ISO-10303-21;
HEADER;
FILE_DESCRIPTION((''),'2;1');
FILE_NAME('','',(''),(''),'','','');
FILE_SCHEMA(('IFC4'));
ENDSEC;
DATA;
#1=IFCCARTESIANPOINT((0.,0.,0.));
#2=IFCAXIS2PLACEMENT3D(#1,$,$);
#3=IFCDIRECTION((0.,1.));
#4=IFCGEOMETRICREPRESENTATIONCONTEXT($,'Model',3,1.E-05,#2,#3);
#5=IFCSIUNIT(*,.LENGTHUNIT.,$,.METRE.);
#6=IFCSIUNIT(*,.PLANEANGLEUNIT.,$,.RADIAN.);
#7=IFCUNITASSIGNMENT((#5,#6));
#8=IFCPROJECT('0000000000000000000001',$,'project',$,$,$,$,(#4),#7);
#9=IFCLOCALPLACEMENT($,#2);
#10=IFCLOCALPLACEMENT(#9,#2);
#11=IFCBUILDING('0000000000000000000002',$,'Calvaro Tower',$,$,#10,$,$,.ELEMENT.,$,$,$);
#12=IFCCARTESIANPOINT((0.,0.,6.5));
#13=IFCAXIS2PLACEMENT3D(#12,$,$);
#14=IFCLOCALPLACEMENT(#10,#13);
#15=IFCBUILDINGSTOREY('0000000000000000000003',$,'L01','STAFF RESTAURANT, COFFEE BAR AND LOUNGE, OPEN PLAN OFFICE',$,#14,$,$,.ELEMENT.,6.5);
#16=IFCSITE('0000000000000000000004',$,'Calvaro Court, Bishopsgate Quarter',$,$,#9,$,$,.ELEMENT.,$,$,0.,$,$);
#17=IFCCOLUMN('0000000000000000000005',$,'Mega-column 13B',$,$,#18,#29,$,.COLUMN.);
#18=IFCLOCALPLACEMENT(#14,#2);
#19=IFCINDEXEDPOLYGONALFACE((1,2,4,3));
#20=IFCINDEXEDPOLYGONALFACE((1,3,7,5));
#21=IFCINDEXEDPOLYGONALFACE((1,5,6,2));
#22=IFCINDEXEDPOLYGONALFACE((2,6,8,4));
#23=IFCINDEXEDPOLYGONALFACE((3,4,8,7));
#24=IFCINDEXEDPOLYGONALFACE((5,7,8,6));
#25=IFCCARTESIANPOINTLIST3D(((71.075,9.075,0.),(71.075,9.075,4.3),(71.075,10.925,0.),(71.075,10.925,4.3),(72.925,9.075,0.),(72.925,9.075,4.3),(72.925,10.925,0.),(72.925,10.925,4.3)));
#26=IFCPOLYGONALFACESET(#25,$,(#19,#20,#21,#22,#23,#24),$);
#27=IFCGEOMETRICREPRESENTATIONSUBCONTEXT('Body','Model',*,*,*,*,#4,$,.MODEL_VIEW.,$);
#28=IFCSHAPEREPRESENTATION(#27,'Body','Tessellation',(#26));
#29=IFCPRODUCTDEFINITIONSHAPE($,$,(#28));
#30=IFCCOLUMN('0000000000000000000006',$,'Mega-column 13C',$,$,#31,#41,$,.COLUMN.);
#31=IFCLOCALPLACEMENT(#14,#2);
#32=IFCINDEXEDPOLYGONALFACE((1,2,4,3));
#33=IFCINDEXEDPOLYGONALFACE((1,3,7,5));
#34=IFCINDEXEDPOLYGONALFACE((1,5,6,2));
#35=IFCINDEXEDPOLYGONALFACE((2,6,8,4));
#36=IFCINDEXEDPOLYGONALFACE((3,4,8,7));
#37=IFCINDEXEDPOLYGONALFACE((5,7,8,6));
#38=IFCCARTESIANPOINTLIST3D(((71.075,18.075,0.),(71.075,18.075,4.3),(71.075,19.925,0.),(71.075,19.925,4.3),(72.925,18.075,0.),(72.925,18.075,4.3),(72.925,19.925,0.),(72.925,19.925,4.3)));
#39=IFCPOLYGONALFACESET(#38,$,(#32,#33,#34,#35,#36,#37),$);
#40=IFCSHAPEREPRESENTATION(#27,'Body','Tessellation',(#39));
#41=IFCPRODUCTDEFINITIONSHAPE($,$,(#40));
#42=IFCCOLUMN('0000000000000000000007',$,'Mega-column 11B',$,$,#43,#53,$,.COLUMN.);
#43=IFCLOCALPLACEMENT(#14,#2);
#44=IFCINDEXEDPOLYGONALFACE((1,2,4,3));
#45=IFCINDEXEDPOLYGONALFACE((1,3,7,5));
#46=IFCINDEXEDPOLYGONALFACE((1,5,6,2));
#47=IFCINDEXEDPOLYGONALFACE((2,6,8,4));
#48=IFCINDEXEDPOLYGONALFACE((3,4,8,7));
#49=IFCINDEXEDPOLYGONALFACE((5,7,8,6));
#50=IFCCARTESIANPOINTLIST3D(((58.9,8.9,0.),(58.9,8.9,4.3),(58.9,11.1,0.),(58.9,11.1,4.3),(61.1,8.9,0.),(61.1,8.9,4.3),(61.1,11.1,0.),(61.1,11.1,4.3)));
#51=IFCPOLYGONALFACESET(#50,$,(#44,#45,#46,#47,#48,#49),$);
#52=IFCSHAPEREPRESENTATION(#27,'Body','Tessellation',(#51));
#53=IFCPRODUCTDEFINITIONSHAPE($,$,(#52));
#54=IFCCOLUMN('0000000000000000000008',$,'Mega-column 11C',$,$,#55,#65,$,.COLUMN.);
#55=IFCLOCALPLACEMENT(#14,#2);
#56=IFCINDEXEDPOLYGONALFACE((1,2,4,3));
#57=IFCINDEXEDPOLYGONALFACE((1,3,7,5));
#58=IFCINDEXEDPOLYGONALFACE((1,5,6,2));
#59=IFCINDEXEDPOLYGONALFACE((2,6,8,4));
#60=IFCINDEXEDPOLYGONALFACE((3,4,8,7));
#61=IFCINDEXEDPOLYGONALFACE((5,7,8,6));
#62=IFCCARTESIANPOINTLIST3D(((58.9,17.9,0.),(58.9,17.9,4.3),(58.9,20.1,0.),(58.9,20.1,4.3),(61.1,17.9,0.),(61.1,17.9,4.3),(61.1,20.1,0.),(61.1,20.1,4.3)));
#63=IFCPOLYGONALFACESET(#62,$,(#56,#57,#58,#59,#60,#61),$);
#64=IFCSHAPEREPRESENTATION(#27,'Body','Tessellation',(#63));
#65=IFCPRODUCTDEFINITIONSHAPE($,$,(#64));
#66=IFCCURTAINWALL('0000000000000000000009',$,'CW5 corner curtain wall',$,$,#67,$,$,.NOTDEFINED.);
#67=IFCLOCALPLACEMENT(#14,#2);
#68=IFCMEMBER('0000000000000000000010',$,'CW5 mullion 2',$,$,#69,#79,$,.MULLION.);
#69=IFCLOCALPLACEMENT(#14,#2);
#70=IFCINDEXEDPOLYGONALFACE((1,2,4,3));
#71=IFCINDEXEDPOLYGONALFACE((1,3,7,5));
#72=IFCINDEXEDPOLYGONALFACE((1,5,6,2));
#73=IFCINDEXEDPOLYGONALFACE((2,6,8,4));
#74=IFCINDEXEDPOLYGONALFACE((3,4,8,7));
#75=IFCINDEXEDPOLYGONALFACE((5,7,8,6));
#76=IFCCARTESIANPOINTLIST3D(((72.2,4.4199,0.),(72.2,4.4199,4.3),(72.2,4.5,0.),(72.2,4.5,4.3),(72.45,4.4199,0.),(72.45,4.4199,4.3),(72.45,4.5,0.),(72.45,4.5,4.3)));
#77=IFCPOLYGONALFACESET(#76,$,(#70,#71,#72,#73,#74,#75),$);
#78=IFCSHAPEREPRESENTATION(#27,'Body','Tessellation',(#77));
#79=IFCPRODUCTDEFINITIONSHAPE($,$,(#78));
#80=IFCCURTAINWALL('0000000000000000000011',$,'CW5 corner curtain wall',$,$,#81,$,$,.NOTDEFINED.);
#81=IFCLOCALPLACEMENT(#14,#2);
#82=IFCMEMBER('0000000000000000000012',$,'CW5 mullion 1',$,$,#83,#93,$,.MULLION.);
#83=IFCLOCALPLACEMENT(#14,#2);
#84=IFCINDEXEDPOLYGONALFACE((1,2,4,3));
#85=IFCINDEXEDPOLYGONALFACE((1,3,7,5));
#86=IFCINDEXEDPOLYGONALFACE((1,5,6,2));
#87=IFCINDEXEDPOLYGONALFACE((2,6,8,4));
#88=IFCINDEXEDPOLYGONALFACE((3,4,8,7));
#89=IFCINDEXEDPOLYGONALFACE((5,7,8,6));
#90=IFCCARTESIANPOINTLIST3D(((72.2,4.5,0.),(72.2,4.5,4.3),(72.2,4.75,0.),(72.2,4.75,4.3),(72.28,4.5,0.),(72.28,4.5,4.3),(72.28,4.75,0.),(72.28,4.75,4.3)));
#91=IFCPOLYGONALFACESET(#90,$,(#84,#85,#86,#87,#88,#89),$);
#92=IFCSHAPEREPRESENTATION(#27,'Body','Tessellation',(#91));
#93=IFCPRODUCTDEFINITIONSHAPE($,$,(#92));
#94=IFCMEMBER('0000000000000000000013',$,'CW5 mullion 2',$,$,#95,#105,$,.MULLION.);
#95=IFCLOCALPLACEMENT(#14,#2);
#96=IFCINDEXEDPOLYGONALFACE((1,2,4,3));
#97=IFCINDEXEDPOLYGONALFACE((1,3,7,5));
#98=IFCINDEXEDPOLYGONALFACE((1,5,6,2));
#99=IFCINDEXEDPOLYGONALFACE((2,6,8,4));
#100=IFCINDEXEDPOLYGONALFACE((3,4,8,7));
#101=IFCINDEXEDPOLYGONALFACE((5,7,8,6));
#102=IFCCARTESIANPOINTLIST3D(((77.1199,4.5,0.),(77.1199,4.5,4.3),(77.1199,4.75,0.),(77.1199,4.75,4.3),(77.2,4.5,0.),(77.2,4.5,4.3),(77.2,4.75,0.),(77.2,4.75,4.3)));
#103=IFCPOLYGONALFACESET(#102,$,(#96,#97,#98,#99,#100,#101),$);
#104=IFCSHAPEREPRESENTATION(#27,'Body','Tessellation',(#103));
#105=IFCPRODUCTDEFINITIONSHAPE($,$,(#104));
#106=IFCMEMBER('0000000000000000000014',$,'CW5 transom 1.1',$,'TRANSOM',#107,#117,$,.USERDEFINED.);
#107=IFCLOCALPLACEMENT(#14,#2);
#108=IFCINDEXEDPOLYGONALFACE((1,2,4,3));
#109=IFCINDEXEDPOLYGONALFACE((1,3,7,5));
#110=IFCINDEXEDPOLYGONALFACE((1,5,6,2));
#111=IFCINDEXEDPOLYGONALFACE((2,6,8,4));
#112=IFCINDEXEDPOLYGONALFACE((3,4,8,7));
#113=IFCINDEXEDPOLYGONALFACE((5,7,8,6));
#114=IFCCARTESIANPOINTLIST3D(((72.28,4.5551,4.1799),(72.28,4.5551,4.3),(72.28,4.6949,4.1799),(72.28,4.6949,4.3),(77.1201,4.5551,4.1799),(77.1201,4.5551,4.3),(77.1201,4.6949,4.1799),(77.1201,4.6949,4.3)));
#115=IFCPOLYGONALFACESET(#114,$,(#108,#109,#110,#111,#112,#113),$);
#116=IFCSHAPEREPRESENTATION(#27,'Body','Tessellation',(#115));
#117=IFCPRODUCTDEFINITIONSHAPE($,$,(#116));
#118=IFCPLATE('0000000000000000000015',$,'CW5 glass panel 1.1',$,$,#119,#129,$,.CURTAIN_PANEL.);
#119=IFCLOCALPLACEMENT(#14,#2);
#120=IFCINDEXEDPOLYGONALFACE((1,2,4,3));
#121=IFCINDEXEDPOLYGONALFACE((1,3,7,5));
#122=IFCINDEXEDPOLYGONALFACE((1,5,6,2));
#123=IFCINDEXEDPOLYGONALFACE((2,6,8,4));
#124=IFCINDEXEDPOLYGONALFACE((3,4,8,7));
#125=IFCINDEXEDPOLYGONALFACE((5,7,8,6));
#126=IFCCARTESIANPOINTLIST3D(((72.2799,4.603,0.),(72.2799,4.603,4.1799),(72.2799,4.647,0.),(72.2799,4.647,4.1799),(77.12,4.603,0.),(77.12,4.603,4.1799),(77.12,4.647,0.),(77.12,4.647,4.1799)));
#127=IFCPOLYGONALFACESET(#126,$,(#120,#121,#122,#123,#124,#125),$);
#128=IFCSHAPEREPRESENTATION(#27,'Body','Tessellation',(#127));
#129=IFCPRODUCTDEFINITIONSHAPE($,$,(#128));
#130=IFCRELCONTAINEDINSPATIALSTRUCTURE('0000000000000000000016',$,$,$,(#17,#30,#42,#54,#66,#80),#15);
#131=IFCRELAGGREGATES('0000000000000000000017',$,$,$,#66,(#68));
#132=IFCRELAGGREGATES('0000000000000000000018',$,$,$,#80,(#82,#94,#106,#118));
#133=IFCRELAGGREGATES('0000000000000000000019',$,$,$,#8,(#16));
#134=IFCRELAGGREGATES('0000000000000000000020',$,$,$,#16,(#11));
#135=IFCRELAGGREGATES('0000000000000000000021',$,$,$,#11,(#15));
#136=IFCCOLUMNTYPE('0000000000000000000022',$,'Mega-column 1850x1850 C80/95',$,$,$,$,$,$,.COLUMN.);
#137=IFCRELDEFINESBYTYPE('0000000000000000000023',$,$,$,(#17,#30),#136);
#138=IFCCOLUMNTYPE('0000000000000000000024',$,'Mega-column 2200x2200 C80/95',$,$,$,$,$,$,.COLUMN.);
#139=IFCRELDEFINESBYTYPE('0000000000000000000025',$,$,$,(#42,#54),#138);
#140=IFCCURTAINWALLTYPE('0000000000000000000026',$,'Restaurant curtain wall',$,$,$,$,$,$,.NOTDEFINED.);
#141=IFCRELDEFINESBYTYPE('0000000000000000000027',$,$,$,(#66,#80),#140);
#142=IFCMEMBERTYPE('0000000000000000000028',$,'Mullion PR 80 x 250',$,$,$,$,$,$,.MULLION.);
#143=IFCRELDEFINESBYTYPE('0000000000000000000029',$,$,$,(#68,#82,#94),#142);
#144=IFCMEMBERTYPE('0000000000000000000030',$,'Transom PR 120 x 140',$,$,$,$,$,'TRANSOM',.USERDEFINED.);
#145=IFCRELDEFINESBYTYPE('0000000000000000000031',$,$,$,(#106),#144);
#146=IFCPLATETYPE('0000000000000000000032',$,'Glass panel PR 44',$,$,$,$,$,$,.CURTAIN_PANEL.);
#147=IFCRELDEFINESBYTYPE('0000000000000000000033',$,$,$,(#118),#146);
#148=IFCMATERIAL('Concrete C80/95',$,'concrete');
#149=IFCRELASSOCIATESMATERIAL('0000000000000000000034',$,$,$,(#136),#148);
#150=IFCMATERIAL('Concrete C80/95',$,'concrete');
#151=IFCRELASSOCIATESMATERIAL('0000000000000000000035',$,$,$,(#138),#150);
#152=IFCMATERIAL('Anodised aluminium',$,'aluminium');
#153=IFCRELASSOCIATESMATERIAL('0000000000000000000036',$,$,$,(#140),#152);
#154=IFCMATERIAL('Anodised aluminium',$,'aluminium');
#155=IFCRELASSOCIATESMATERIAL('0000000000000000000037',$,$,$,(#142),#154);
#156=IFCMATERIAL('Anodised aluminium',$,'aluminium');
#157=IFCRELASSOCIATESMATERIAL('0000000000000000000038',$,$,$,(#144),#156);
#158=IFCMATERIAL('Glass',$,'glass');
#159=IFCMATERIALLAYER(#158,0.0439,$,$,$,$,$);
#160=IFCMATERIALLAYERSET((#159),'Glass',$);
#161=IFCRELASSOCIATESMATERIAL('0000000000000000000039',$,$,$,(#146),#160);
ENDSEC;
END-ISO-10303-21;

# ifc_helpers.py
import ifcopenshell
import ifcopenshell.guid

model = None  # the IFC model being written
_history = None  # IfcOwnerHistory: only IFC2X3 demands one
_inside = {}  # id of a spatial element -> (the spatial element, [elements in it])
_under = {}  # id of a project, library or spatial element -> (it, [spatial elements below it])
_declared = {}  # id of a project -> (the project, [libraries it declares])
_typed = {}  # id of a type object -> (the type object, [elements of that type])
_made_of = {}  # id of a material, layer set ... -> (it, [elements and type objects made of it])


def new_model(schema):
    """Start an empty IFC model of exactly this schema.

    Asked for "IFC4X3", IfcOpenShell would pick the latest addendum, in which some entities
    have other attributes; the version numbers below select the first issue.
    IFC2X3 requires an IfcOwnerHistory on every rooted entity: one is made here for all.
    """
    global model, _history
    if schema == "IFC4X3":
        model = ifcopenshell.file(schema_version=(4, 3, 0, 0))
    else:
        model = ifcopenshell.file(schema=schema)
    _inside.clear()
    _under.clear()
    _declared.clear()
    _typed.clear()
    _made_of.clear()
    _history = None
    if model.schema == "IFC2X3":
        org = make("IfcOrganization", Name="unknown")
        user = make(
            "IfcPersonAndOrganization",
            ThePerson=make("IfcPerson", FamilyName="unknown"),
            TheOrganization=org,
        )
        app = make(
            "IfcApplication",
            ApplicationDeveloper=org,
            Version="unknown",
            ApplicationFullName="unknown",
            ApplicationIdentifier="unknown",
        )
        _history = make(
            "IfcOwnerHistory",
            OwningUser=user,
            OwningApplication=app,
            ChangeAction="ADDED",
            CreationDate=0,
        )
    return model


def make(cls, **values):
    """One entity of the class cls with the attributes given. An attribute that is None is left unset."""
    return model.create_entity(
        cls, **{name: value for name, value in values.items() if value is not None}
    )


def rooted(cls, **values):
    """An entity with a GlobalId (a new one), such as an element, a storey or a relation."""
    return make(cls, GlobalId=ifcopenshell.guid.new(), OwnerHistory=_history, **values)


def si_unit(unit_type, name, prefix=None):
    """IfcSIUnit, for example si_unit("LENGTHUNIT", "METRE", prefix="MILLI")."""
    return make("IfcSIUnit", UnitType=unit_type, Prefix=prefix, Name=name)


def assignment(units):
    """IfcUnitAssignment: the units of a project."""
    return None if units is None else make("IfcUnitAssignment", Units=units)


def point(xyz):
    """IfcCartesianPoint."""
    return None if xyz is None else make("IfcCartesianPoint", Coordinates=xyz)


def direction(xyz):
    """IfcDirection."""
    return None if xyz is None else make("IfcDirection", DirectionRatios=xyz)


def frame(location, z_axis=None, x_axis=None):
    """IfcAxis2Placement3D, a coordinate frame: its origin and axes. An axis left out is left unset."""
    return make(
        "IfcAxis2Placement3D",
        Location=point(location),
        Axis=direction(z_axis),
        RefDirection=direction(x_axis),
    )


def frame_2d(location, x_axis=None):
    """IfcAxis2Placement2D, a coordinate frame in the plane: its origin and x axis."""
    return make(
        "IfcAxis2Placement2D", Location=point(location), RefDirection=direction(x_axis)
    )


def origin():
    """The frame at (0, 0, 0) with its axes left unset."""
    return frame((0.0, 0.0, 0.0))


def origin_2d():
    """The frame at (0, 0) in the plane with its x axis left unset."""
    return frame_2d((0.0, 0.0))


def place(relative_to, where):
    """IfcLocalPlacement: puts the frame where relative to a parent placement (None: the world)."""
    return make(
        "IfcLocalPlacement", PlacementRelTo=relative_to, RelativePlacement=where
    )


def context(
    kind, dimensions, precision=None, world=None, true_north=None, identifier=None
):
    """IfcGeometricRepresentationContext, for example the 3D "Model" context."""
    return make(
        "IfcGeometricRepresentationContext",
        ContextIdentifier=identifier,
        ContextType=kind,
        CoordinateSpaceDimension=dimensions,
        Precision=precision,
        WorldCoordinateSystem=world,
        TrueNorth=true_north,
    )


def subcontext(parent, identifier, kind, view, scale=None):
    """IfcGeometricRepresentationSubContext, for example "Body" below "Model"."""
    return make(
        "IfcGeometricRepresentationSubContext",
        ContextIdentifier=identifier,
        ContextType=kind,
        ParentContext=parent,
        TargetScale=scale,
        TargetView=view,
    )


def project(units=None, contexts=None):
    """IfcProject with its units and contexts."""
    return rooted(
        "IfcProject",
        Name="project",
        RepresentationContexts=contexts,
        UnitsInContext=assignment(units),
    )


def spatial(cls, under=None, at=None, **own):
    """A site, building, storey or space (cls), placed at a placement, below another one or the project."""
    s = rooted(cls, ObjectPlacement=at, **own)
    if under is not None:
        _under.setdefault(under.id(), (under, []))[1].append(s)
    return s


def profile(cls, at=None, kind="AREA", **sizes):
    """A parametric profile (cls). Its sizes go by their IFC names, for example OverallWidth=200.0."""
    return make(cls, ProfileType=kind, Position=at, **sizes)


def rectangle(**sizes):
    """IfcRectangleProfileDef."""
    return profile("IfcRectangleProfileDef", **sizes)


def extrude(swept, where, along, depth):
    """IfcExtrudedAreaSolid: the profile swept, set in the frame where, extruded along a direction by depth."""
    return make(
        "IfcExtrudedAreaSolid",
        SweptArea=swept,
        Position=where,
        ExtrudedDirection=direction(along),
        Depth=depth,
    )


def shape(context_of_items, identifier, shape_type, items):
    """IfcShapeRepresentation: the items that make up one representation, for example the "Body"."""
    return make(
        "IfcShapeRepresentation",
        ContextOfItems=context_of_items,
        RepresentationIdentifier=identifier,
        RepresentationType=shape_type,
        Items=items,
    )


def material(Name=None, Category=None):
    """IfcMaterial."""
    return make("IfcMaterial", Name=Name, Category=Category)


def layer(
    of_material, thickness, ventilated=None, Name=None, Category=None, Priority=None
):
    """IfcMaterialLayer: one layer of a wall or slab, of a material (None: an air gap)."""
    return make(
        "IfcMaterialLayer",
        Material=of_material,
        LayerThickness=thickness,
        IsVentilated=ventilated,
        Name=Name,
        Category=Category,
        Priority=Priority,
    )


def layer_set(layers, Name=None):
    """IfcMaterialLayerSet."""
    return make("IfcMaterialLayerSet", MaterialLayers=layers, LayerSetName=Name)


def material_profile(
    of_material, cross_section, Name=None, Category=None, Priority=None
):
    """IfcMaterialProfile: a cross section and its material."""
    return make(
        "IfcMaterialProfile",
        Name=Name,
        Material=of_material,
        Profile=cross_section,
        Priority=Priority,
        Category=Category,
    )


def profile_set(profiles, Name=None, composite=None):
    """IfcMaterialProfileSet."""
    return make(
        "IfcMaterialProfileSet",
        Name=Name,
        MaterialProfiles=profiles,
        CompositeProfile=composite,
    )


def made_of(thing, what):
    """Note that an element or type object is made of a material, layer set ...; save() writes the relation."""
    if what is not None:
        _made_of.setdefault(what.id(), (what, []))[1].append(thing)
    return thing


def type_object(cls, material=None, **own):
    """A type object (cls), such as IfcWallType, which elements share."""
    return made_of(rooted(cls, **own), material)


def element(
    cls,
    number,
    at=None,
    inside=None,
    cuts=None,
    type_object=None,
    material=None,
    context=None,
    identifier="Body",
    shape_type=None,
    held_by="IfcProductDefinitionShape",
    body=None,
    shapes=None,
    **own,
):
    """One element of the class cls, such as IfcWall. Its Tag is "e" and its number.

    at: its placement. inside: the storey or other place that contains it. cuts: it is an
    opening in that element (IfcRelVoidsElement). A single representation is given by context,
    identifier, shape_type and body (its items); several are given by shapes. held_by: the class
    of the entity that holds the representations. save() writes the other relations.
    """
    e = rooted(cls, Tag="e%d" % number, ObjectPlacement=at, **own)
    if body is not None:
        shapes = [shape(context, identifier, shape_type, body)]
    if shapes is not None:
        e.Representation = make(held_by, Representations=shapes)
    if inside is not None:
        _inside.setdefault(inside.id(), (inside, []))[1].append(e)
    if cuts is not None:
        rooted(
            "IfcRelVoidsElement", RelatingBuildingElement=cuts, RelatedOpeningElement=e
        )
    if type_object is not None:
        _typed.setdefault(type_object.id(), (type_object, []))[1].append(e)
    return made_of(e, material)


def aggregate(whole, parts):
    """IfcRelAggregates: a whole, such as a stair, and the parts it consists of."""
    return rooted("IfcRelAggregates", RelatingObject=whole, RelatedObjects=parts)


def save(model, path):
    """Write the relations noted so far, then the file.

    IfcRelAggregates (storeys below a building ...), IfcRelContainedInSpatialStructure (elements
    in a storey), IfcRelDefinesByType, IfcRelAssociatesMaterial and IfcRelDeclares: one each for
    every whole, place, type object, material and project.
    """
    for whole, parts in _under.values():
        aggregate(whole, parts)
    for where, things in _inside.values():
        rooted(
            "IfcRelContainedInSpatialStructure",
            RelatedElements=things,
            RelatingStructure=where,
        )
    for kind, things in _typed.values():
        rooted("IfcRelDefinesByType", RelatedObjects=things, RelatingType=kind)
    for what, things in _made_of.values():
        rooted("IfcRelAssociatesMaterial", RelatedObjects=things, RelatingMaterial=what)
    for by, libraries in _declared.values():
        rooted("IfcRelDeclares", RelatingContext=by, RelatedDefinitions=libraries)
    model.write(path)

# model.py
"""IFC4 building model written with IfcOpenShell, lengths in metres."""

from ifc_helpers import new_model, si_unit, direction, frame, origin, origin_2d, place, context, subcontext, project, spatial, rectangle, extrude, material, layer, layer_set, material_profile, profile_set, type_object, element, aggregate, save


model = new_model("IFC4")

# Units and contexts
model_context = context("Model", 3, precision=1e-05, world=origin(), true_north=direction((0.0, 1.0)))
body_context = subcontext(model_context, "Body", "Model", "MODEL_VIEW")
ifc_project = project(units=[si_unit("LENGTHUNIT", "METRE"), si_unit("PLANEANGLEUNIT", "RADIAN")], contexts=[model_context])

# Site, building, storey
site_placement = place(None, origin())
site = spatial("IfcSite", under=ifc_project, at=site_placement, Name="Calvaro Court, Bishopsgate Quarter", CompositionType="ELEMENT", RefElevation=0.0)
building_placement = place(site_placement, origin())
building = spatial("IfcBuilding", under=site, at=building_placement, Name="Calvaro Tower", CompositionType="ELEMENT")
storey_placement = place(building_placement, frame((0.0, 0.0, 6.5)))
storey = spatial("IfcBuildingStorey", under=building, at=storey_placement, Name="L01", Description="STAFF RESTAURANT, COFFEE BAR AND LOUNGE, OPEN PLAN OFFICE", CompositionType="ELEMENT", Elevation=6.5)

# Columns
ifc_material_1 = material(Name="Concrete C80/95", Category="concrete")
ifc_material_profile_1 = material_profile(ifc_material_1, rectangle(XDim=1.8501, YDim=1.8501, at=origin_2d()), Name="RC 1850x1850")
ifc_profile_set_1 = profile_set([ifc_material_profile_1], Name="Concrete C80/95")
column_type_1 = type_object("IfcColumnType", Name="Mega-column 1850x1850 C80/95", PredefinedType="COLUMN", material=ifc_profile_set_1)
for number, where, z_axis, x_axis, name in (
    (1, (72.0, 10.0, 0.0), (0.0, 0.0, 1.0), (1.0, 0.0, 0.0), "Mega-column 13B"),
    (2, (72.0, 19.0, 0.0), (0.0, 0.0, 1.0), (1.0, 0.0, 0.0), "Mega-column 13C"),
):
    element("IfcColumn", number, at=place(storey_placement, frame(where, z_axis=z_axis, x_axis=x_axis)), inside=storey, type_object=column_type_1, Name=name, PredefinedType="COLUMN", context=body_context, shape_type="SweptSolid", body=[
        extrude(rectangle(XDim=1.8501, YDim=1.8501, at=origin_2d()), origin(), (0.0, 0.0, 1.0), 4.3),
    ])
ifc_material_2 = material(Name="Concrete C80/95", Category="concrete")
ifc_material_profile_2 = material_profile(ifc_material_2, rectangle(XDim=2.2, YDim=2.2, at=origin_2d()), Name="RC 2200x2200")
ifc_profile_set_2 = profile_set([ifc_material_profile_2], Name="Concrete C80/95")
column_type_2 = type_object("IfcColumnType", Name="Mega-column 2200x2200 C80/95", PredefinedType="COLUMN", material=ifc_profile_set_2)
for number, where, z_axis, x_axis, name in (
    (3, (60.0, 10.0, 0.0), (0.0, 0.0, 1.0), (1.0, 0.0, 0.0), "Mega-column 11B"),
    (4, (60.0, 19.0, 0.0), (0.0, 0.0, 1.0), (1.0, 0.0, 0.0), "Mega-column 11C"),
):
    element("IfcColumn", number, at=place(storey_placement, frame(where, z_axis=z_axis, x_axis=x_axis)), inside=storey, type_object=column_type_2, Name=name, PredefinedType="COLUMN", context=body_context, shape_type="SweptSolid", body=[
        extrude(rectangle(XDim=2.2, YDim=2.2, at=origin_2d()), origin(), (0.0, 0.0, 1.0), 4.3),
    ])

# Curtain wall, member
ifc_material_3 = material(Name="Anodised aluminium", Category="aluminium")
curtain_wall_type = type_object("IfcCurtainWallType", Name="Restaurant curtain wall", PredefinedType="NOTDEFINED", material=ifc_material_3)
curtain_wall_1_placement = place(storey_placement, origin())
curtain_wall_1 = element("IfcCurtainWall", 5, at=curtain_wall_1_placement, inside=storey, type_object=curtain_wall_type, Name="CW5 corner curtain wall", PredefinedType="NOTDEFINED")
ifc_material_4 = material(Name="Anodised aluminium", Category="aluminium")
ifc_material_profile_3 = material_profile(ifc_material_4, rectangle(XDim=0.25, YDim=0.0801, at=origin_2d()), Name="Mullion PR 80 x 250")
ifc_profile_set_3 = profile_set([ifc_material_profile_3], Name="Anodised aluminium")
member_type_1 = type_object("IfcMemberType", Name="Mullion PR 80 x 250", PredefinedType="MULLION", material=ifc_profile_set_3)
member_1_placement = place(storey_placement, frame((72.325, 4.46, 0.0), z_axis=(0.0, 0.0, 1.0), x_axis=(-1.0, 0.0, 0.0)))
member_1 = element("IfcMember", 6, at=member_1_placement, type_object=member_type_1, Name="CW5 mullion 2", PredefinedType="MULLION", context=body_context, shape_type="SweptSolid", body=[
    extrude(rectangle(XDim=0.25, YDim=0.0801, at=origin_2d()), origin(), (0.0, 0.0, 1.0), 4.3),
])
aggregate(curtain_wall_1, [member_1])

# Curtain wall, members, plate
curtain_wall_2_placement = place(storey_placement, origin())
curtain_wall_2 = element("IfcCurtainWall", 7, at=curtain_wall_2_placement, inside=storey, type_object=curtain_wall_type, Name="CW5 corner curtain wall", PredefinedType="NOTDEFINED")
member_2_placement = place(storey_placement, frame((72.24, 4.625, 0.0), z_axis=(0.0, 0.0, 1.0), x_axis=(0.0, 1.0, 0.0)))
member_2 = element("IfcMember", 8, at=member_2_placement, type_object=member_type_1, Name="CW5 mullion 1", PredefinedType="MULLION", context=body_context, shape_type="SweptSolid", body=[
    extrude(rectangle(XDim=0.25, YDim=0.0801, at=origin_2d()), origin(), (0.0, 0.0, 1.0), 4.3),
])
member_3_placement = place(storey_placement, frame((77.1599, 4.625, 0.0), z_axis=(0.0, 0.0, 1.0), x_axis=(0.0, 1.0, 0.0)))
member_3 = element("IfcMember", 9, at=member_3_placement, type_object=member_type_1, Name="CW5 mullion 2", PredefinedType="MULLION", context=body_context, shape_type="SweptSolid", body=[
    extrude(rectangle(XDim=0.25, YDim=0.0801, at=origin_2d()), origin(), (0.0, 0.0, 1.0), 4.3),
])
ifc_material_5 = material(Name="Anodised aluminium", Category="aluminium")
ifc_material_profile_4 = material_profile(ifc_material_5, rectangle(XDim=0.1399, YDim=0.1201, at=origin_2d()), Name="Transom PR 120 x 140")
ifc_profile_set_4 = profile_set([ifc_material_profile_4], Name="Anodised aluminium")
member_type_2 = type_object("IfcMemberType", Name="Transom PR 120 x 140", ElementType="TRANSOM", PredefinedType="USERDEFINED", material=ifc_profile_set_4)
member_4_placement = place(storey_placement, frame((72.28, 4.625, 4.24), z_axis=(1.0, 0.0, 0.0), x_axis=(0.0, 1.0, 0.0)))
member_4 = element("IfcMember", 10, at=member_4_placement, type_object=member_type_2, Name="CW5 transom 1.1", ObjectType="TRANSOM", PredefinedType="USERDEFINED", context=body_context, shape_type="SweptSolid", body=[
    extrude(rectangle(XDim=0.1399, YDim=0.1201, at=origin_2d()), origin(), (0.0, 0.0, 1.0), 4.8401),
])
ifc_material_6 = material(Name="Glass", Category="glass")
ifc_layer_1 = layer(ifc_material_6, 0.0439)
ifc_layer_set_1 = layer_set([ifc_layer_1], Name="Glass")
plate_type = type_object("IfcPlateType", Name="Glass panel PR 44", PredefinedType="CURTAIN_PANEL", material=ifc_layer_set_1)
plate_placement = place(storey_placement, frame((74.7, 4.625, 0.0), z_axis=(0.0, 0.0, 1.0), x_axis=(1.0, 0.0, 0.0)))
plate = element("IfcPlate", 11, at=plate_placement, type_object=plate_type, Name="CW5 glass panel 1.1", PredefinedType="CURTAIN_PANEL", context=body_context, shape_type="SweptSolid", body=[
    extrude(rectangle(XDim=4.8401, YDim=0.0439, at=origin_2d()), origin(), (0.0, 0.0, 1.0), 4.1799),
])
aggregate(curtain_wall_2, [member_2, member_3, member_4, plate])

save(model, "model.ifc")
